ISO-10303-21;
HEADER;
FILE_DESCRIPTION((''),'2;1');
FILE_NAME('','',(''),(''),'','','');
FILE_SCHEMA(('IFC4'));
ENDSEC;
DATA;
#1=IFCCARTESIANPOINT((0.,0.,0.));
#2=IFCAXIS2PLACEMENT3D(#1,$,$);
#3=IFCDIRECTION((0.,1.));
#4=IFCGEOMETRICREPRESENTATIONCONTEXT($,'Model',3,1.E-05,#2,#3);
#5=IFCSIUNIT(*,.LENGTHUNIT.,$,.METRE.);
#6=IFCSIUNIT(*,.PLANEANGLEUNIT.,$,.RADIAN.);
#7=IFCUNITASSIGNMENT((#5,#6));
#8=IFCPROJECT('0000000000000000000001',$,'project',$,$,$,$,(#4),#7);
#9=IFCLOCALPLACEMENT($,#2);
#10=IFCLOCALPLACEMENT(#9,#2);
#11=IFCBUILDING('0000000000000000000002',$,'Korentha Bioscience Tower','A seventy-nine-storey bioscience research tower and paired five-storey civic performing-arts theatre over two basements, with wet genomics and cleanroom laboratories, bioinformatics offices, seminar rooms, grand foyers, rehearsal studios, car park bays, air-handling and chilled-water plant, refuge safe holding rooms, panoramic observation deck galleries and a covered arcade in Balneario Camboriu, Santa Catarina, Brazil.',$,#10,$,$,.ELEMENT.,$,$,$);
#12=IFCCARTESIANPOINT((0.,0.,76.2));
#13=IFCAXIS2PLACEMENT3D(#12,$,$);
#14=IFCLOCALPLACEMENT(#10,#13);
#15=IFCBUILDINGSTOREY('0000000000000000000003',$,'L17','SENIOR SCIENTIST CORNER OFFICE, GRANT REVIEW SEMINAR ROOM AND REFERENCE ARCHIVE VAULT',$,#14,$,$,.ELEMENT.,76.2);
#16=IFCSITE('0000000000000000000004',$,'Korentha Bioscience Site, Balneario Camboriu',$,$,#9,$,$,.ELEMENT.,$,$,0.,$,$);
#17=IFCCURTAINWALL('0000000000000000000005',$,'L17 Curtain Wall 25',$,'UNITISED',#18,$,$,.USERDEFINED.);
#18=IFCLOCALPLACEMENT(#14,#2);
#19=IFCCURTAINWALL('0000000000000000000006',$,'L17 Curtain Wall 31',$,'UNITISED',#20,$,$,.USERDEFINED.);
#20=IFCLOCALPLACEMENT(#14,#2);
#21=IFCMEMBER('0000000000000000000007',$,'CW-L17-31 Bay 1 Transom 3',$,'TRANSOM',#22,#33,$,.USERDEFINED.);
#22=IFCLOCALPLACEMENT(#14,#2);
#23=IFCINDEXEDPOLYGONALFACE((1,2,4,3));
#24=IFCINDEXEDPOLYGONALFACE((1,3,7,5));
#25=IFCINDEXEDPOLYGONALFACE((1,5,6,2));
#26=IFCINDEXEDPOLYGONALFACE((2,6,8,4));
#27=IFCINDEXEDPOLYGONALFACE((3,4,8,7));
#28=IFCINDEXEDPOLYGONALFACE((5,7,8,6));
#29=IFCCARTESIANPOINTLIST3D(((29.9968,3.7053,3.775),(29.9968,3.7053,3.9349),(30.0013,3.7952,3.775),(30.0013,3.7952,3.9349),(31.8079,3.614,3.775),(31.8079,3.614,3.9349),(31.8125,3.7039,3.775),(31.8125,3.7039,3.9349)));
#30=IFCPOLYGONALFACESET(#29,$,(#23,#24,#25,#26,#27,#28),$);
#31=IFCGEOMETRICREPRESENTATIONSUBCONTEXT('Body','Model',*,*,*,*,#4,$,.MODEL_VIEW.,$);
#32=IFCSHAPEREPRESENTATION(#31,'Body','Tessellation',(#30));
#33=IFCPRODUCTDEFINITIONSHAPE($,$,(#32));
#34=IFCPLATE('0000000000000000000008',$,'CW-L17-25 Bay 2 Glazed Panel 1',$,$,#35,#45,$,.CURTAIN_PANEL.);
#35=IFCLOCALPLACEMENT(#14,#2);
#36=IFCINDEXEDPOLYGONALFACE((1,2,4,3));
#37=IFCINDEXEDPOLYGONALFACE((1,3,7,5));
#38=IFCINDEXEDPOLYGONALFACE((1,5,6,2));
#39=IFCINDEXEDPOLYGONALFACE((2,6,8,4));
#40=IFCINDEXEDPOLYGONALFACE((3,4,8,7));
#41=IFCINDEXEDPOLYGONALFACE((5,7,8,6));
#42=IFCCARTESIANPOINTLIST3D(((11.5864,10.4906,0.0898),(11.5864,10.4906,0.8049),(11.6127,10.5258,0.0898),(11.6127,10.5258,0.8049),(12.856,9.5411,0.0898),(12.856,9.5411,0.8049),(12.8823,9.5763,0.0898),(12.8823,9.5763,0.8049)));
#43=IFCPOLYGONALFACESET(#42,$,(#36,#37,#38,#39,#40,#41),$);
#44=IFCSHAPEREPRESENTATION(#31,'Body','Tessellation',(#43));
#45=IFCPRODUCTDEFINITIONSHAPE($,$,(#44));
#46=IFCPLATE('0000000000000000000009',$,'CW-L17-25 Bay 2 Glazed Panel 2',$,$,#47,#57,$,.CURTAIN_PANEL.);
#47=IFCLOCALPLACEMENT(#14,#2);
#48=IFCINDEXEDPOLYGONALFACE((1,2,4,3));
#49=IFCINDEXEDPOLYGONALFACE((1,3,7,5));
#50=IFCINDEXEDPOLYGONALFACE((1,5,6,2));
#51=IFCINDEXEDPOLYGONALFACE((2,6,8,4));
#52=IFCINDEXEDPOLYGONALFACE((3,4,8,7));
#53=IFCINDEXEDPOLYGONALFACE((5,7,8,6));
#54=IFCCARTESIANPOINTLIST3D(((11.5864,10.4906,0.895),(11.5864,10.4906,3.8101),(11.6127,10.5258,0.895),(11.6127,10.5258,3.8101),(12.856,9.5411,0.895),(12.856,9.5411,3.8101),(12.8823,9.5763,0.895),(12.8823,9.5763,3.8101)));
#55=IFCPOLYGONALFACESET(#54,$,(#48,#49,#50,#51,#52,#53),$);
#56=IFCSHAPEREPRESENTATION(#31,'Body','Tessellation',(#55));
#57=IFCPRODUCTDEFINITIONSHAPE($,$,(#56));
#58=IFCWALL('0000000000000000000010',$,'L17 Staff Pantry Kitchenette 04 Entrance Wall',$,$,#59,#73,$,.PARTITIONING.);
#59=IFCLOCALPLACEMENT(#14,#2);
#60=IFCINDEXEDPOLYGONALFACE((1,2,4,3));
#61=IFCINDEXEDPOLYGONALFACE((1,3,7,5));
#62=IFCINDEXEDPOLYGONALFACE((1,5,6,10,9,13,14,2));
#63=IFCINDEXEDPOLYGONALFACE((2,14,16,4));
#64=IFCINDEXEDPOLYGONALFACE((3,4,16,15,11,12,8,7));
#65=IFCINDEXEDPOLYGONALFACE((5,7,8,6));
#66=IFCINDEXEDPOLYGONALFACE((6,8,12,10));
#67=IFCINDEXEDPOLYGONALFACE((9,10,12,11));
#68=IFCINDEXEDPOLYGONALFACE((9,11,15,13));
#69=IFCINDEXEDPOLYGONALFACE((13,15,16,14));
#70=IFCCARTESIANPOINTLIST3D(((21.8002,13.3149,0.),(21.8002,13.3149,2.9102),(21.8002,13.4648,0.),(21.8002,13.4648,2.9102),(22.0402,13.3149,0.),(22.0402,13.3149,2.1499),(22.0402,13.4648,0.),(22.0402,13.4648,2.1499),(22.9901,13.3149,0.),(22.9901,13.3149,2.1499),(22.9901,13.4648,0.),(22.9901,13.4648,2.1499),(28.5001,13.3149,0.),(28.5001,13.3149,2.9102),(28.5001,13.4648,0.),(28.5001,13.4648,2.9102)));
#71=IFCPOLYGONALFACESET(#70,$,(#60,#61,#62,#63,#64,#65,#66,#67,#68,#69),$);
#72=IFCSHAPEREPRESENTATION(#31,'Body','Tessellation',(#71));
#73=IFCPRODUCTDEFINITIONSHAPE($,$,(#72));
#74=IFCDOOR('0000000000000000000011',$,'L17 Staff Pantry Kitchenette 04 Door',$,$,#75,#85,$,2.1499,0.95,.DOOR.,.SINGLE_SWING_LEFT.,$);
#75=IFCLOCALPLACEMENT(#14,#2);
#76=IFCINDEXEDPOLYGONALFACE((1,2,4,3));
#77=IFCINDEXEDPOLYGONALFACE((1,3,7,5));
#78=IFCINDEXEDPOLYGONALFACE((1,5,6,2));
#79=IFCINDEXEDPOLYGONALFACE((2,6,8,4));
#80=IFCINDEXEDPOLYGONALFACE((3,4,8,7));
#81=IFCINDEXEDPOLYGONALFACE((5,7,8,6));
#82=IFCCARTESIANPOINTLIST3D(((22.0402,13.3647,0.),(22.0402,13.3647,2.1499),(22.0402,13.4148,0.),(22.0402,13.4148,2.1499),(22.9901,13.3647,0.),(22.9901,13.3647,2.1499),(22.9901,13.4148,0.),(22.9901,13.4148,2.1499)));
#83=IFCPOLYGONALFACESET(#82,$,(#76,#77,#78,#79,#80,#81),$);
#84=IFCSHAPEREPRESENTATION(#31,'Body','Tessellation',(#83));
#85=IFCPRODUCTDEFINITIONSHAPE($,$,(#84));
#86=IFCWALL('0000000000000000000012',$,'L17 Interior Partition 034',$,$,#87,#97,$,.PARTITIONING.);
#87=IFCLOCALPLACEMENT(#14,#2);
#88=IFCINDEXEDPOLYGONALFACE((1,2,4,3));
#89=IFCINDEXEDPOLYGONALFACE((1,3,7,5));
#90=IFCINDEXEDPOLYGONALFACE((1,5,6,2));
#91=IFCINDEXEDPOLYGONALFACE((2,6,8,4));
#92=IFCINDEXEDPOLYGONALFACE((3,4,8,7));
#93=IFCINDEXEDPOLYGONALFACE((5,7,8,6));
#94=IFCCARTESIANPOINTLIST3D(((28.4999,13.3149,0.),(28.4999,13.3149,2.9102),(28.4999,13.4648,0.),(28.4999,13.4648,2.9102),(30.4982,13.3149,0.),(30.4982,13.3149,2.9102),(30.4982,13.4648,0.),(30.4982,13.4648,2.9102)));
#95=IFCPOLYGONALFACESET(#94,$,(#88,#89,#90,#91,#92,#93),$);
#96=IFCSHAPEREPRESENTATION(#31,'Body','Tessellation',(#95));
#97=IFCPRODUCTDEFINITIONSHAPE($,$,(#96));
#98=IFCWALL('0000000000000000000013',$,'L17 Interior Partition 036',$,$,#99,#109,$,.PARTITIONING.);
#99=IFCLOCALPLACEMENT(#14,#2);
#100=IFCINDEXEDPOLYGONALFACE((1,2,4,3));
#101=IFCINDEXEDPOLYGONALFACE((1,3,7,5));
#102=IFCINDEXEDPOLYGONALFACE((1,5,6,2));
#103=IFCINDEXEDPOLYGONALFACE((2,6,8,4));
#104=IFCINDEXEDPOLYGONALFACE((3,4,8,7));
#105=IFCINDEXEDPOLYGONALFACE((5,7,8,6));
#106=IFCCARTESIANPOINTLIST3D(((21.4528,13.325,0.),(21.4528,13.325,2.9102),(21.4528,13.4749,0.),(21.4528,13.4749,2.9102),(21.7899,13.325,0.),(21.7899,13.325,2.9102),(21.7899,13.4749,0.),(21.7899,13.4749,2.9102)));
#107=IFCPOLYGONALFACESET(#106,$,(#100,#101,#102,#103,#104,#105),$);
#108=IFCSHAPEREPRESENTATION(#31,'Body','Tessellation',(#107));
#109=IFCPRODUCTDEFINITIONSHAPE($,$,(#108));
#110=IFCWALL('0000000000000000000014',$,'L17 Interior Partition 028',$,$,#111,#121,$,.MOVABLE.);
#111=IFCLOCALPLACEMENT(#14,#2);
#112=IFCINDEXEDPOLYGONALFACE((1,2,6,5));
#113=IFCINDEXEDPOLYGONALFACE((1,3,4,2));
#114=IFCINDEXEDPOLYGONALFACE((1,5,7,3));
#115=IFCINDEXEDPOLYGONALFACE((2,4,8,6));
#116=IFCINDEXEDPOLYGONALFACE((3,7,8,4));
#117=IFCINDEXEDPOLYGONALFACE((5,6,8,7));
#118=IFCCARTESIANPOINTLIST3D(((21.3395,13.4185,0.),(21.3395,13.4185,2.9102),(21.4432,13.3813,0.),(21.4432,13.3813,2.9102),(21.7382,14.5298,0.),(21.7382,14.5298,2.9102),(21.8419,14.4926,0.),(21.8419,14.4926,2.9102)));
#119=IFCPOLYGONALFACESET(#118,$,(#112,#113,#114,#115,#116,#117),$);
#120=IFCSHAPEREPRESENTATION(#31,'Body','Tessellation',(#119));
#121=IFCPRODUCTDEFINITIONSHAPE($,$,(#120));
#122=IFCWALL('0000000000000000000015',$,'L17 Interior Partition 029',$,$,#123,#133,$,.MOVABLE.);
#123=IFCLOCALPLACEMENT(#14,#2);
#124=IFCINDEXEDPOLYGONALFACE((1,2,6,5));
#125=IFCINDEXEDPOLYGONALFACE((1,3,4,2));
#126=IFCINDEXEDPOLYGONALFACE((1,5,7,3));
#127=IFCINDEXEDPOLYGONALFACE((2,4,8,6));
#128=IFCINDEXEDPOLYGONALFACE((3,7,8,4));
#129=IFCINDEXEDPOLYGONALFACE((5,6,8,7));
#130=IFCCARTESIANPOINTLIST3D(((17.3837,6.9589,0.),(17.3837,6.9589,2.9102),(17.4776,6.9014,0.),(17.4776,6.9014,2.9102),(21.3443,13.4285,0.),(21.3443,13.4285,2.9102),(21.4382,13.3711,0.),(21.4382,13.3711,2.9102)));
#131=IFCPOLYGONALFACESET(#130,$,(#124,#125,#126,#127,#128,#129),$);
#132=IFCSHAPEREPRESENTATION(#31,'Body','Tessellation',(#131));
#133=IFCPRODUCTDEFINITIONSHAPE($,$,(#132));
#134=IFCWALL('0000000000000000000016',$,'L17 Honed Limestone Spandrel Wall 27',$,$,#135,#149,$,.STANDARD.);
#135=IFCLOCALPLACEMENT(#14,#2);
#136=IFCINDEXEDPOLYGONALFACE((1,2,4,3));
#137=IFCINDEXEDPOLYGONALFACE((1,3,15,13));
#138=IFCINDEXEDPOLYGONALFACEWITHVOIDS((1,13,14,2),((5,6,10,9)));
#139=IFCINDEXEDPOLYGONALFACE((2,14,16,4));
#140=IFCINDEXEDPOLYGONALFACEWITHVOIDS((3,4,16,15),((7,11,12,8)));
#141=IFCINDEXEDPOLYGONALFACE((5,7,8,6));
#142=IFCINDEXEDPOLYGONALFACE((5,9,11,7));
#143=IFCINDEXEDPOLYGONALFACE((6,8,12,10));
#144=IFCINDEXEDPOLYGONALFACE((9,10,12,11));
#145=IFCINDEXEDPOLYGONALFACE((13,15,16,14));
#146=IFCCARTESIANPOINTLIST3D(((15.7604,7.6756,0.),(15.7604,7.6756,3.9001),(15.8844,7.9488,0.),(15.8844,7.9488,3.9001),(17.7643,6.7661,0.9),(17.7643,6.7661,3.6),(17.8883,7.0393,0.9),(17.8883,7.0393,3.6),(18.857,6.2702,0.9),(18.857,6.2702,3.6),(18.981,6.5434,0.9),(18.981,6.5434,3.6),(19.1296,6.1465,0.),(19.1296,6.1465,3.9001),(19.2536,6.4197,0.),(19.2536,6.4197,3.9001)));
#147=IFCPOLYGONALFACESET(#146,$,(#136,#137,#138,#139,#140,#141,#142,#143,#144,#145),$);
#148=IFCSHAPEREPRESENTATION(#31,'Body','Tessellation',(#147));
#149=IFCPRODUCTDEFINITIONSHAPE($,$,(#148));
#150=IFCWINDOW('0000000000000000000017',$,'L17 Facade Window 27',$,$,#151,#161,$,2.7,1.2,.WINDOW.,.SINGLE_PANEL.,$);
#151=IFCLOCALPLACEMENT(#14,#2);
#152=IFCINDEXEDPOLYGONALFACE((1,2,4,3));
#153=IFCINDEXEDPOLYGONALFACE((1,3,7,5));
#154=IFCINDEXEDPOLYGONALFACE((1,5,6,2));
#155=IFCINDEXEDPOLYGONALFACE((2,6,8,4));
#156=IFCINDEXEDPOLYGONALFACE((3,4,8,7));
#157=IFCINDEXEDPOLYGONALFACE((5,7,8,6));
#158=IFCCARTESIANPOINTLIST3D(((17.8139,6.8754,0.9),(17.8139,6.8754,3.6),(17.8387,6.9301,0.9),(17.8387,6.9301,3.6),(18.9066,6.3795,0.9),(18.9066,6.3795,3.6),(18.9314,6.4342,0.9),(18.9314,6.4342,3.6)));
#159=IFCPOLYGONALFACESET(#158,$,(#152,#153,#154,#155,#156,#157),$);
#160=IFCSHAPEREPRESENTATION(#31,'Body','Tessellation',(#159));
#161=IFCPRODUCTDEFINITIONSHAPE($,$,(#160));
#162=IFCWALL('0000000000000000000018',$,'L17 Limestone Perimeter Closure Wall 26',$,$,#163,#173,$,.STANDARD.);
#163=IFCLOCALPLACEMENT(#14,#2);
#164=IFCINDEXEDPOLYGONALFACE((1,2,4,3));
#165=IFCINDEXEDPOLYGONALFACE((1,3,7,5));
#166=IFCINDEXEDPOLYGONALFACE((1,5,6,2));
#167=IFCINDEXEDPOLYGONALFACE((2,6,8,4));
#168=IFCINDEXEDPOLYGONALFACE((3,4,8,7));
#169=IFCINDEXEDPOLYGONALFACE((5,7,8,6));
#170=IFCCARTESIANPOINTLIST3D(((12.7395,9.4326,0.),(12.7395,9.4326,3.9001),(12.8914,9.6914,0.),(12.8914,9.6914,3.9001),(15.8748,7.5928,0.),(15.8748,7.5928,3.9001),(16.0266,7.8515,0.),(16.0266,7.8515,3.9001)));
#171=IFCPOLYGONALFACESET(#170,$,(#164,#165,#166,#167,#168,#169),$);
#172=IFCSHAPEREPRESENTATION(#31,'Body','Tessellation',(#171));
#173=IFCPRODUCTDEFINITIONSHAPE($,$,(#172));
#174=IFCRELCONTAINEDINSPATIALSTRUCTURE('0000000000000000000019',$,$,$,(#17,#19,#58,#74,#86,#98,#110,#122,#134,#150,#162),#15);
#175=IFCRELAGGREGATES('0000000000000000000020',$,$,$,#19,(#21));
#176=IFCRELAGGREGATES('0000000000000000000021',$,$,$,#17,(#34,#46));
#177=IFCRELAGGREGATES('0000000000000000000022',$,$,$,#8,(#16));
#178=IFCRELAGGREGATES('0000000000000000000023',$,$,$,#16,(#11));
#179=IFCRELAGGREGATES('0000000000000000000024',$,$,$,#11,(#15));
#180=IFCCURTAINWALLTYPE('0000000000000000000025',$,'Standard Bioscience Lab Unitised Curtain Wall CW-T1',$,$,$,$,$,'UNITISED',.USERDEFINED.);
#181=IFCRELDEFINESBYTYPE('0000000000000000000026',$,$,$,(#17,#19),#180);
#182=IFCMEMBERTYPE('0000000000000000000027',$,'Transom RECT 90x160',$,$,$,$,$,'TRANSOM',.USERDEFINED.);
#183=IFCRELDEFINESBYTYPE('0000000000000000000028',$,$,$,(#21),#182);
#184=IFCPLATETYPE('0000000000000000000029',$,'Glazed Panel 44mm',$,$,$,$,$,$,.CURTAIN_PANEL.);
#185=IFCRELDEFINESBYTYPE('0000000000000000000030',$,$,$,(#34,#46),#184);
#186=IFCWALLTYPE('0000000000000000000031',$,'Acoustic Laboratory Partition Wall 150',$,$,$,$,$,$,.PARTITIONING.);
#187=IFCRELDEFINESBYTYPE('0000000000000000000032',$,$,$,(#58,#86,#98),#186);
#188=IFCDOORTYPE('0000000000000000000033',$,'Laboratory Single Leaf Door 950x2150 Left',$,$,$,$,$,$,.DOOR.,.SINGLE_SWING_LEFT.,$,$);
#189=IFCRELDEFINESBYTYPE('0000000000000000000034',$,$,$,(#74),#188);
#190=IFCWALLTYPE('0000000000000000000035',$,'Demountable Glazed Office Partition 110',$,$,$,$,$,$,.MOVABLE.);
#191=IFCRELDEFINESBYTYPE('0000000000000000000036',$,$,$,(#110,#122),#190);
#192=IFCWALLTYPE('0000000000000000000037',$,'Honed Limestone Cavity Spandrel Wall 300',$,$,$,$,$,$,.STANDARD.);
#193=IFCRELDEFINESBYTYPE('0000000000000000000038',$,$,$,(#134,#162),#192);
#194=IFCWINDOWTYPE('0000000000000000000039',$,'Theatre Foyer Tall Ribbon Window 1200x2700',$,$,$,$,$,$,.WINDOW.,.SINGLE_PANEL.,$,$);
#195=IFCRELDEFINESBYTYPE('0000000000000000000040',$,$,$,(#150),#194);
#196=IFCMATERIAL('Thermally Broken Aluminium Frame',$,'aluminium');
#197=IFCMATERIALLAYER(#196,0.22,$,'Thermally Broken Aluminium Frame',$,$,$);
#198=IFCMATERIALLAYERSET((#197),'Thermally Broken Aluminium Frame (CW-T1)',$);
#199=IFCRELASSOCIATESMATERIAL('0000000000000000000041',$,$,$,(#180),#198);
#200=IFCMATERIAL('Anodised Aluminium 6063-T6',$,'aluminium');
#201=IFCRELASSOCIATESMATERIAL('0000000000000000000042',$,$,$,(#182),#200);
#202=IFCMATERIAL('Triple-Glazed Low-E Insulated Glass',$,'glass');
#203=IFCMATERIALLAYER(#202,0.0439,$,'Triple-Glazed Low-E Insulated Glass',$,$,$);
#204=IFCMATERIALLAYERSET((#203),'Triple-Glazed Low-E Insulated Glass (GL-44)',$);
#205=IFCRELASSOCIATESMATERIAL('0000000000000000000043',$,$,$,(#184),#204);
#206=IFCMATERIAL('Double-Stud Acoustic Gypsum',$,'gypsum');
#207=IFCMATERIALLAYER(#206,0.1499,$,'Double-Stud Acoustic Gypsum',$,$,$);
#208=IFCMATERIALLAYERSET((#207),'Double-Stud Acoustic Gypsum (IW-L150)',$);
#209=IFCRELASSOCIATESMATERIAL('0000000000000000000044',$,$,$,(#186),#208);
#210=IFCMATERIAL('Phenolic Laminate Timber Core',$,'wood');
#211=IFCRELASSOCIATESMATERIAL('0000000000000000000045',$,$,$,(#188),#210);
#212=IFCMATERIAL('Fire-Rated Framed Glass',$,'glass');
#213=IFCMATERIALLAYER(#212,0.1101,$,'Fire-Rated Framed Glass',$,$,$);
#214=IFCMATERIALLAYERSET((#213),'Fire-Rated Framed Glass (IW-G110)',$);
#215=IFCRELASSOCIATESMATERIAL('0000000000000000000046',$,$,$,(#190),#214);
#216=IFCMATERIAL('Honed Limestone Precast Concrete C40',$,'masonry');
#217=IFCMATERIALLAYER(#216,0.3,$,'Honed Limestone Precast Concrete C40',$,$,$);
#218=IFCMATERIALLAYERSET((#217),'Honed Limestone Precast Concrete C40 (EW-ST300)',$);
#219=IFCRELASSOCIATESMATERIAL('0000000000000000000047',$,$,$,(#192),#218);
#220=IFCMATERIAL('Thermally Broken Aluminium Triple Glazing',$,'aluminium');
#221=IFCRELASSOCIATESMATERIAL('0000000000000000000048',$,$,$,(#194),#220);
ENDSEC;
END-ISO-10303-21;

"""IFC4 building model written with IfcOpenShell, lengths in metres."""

from ifc_helpers import new_model, si_unit, direction, frame, frame_2d, origin, origin_2d, place, context, subcontext, project, spatial, rectangle, extrude, material, layer, layer_set, material_profile, profile_set, type_object, element, fill, aggregate, save


model = new_model("IFC4")

# Units and contexts
model_context = context("Model", 3, precision=1e-05, world=origin(), true_north=direction((0.0, 1.0)))
body_context = subcontext(model_context, "Body", "Model", "MODEL_VIEW")
ifc_project = project(units=[si_unit("LENGTHUNIT", "METRE"), si_unit("PLANEANGLEUNIT", "RADIAN")], contexts=[model_context])

# Site, building, storey
site_placement = place(None, origin())
site = spatial("IfcSite", under=ifc_project, at=site_placement, Name="Korentha Bioscience Site, Balneario Camboriu", CompositionType="ELEMENT", RefElevation=0.0)
building_placement = place(site_placement, origin())
building = spatial("IfcBuilding", under=site, at=building_placement, Name="Korentha Bioscience Tower", Description="A seventy-nine-storey bioscience research tower and paired five-storey civic performing-arts theatre over two basements, with wet genomics and cleanroom laboratories, bioinformatics offices, seminar rooms, grand foyers, rehearsal studios, car park bays, air-handling and chilled-water plant, refuge safe holding rooms, panoramic observation deck galleries and a covered arcade in Balneario Camboriu, Santa Catarina, Brazil.", CompositionType="ELEMENT")
storey_placement = place(building_placement, frame((0.0, 0.0, 76.2)))
storey = spatial("IfcBuildingStorey", under=building, at=storey_placement, Name="L17", Description="SENIOR SCIENTIST CORNER OFFICE, GRANT REVIEW SEMINAR ROOM AND REFERENCE ARCHIVE VAULT", CompositionType="ELEMENT", Elevation=76.2)

# Curtain walls
ifc_material_1 = material(Name="Thermally Broken Aluminium Frame", Category="aluminium")
ifc_layer_1 = layer(ifc_material_1, 0.22, Name="Thermally Broken Aluminium Frame")
ifc_layer_set_1 = layer_set([ifc_layer_1], Name="Thermally Broken Aluminium Frame (CW-T1)")
curtain_wall_type = type_object("IfcCurtainWallType", Name="Standard Bioscience Lab Unitised Curtain Wall CW-T1", ElementType="UNITISED", PredefinedType="USERDEFINED", material=ifc_layer_set_1)
curtain_wall_1_placement = place(storey_placement, origin())
curtain_wall_1 = element("IfcCurtainWall", 1, at=curtain_wall_1_placement, inside=storey, type_object=curtain_wall_type, Name="L17 Curtain Wall 25", ObjectType="UNITISED", PredefinedType="USERDEFINED")
ifc_material_2 = material(Name="Anodised Aluminium 6063-T6", Category="aluminium")
curtain_wall_2_placement = place(storey_placement, origin())
curtain_wall_2 = element("IfcCurtainWall", 2, at=curtain_wall_2_placement, inside=storey, type_object=curtain_wall_type, Name="L17 Curtain Wall 31", ObjectType="UNITISED", PredefinedType="USERDEFINED")

# Member
ifc_material_profile_1 = material_profile(ifc_material_2, rectangle(XDim=0.0901, YDim=0.1599, at=origin_2d()), Name="Anodised Aluminium 6063-T6")
ifc_profile_set_1 = profile_set([ifc_material_profile_1], Name="Anodised Aluminium 6063-T6 (CW-TRN)")
member_type_1 = type_object("IfcMemberType", Name="Transom RECT 90x160", ElementType="TRANSOM", PredefinedType="USERDEFINED", material=ifc_profile_set_1)
member_1_placement = place(storey_placement, frame((29.999, 3.7502, 3.855), z_axis=(0.998732, -0.050347, 0.0), x_axis=(0.050347, 0.998732, 0.0)))
member_1 = element("IfcMember", 3, at=member_1_placement, type_object=member_type_1, Name="CW-L17-31 Bay 1 Transom 3", ObjectType="TRANSOM", PredefinedType="USERDEFINED", context=body_context, shape_type="SweptSolid", body=[
    extrude(rectangle(XDim=0.0901, YDim=0.1599, at=origin_2d()), origin(), (0.0, 0.0, 1.0), 1.8135),
])
aggregate(curtain_wall_2, [member_1])

# Plates
ifc_material_3 = material(Name="Triple-Glazed Low-E Insulated Glass", Category="glass")
ifc_layer_2 = layer(ifc_material_3, 0.0439, Name="Triple-Glazed Low-E Insulated Glass")
ifc_layer_set_2 = layer_set([ifc_layer_2], Name="Triple-Glazed Low-E Insulated Glass (GL-44)")
plate_type = type_object("IfcPlateType", Name="Glazed Panel 44mm", PredefinedType="CURTAIN_PANEL", material=ifc_layer_set_2)
plate_1_placement = place(storey_placement, frame((12.2344, 10.0334, 0.0898), z_axis=(0.0, 0.0, 1.0), x_axis=(0.800798, -0.598935, 0.0)))
plate_1 = element("IfcPlate", 4, at=plate_1_placement, type_object=plate_type, Name="CW-L17-25 Bay 2 Glazed Panel 1", PredefinedType="CURTAIN_PANEL", context=body_context, shape_type="SweptSolid", body=[
    extrude(rectangle(XDim=1.5854, YDim=0.0439, at=origin_2d()), origin(), (0.0, 0.0, 1.0), 0.7151),
])
plate_2_placement = place(storey_placement, frame((12.2344, 10.0334, 0.895), z_axis=(0.0, 0.0, 1.0), x_axis=(0.800798, -0.598935, 0.0)))
plate_2 = element("IfcPlate", 5, at=plate_2_placement, type_object=plate_type, Name="CW-L17-25 Bay 2 Glazed Panel 2", PredefinedType="CURTAIN_PANEL", context=body_context, shape_type="SweptSolid", body=[
    extrude(rectangle(XDim=1.5854, YDim=0.0439, at=origin_2d()), origin(), (0.0, 0.0, 1.0), 2.915),
])
aggregate(curtain_wall_1, [plate_1, plate_2])

# Wall, opening, door
ifc_material_4 = material(Name="Double-Stud Acoustic Gypsum", Category="gypsum")
ifc_layer_3 = layer(ifc_material_4, 0.1499, Name="Double-Stud Acoustic Gypsum")
ifc_layer_set_3 = layer_set([ifc_layer_3], Name="Double-Stud Acoustic Gypsum (IW-L150)")
wall_type_1 = type_object("IfcWallType", Name="Acoustic Laboratory Partition Wall 150", PredefinedType="PARTITIONING", material=ifc_layer_set_3)
wall_1_placement = place(storey_placement, frame((21.8, 13.3899, 0.0), z_axis=(0.0, 0.0, 1.0), x_axis=(1.0, 0.0, 0.0)))
wall_1 = element("IfcWall", 6, at=wall_1_placement, inside=storey, type_object=wall_type_1, Name="L17 Staff Pantry Kitchenette 04 Entrance Wall", PredefinedType="PARTITIONING", context=body_context, shape_type="SweptSolid", body=[
    extrude(rectangle(XDim=6.7, YDim=0.1499, at=frame_2d((3.3501, 0.0))), origin(), (0.0, 0.0, 1.0), 2.9102),
])
opening_1_placement = place(wall_1_placement, frame((0.24, 0.0, 0.0)))
opening_1 = element("IfcOpeningElement", 7, at=opening_1_placement, cuts=wall_1, PredefinedType="OPENING", context=body_context, shape_type="SweptSolid", body=[
    extrude(rectangle(XDim=0.95, YDim=2.1499, at=frame_2d((0.4751, 1.075))), frame((0.0, 0.0898, 0.0), z_axis=(0.0, -1.0, 0.0), x_axis=(1.0, 0.0, 0.0)), (0.0, 0.0, 1.0), 0.1797),
])
ifc_material_5 = material(Name="Phenolic Laminate Timber Core", Category="wood")
door_type_1 = type_object("IfcDoorType", Name="Laboratory Single Leaf Door 950x2150 Left", OperationType="SINGLE_SWING_LEFT", PredefinedType="DOOR", material=ifc_material_5)
door_1_placement = place(opening_1_placement, origin())
door_1 = element("IfcDoor", 8, at=door_1_placement, inside=storey, type_object=door_type_1, Name="L17 Staff Pantry Kitchenette 04 Door", OperationType="SINGLE_SWING_LEFT", OverallHeight=2.1499, OverallWidth=0.95, PredefinedType="DOOR", context=body_context, shape_type="SweptSolid", body=[
    extrude(rectangle(XDim=0.95, YDim=2.1499, at=frame_2d((0.4751, 1.075))), frame((0.0, 0.0249, 0.0), z_axis=(0.0, -1.0, 0.0), x_axis=(1.0, 0.0, 0.0)), (0.0, 0.0, 1.0), 0.05),
])
fill(opening_1, door_1)

# Walls
wall_2_placement = place(storey_placement, frame((28.5, 13.3899, 0.0), z_axis=(0.0, 0.0, 1.0), x_axis=(1.0, 0.0, 0.0)))
element("IfcWall", 9, at=wall_2_placement, inside=storey, type_object=wall_type_1, Name="L17 Interior Partition 034", PredefinedType="PARTITIONING", context=body_context, shape_type="SweptSolid", body=[
    extrude(rectangle(XDim=1.9983, YDim=0.1499, at=frame_2d((0.999, 0.0))), origin(), (0.0, 0.0, 1.0), 2.9102),
])
wall_3_placement = place(storey_placement, frame((21.4529, 13.3999, 0.0), z_axis=(0.0, 0.0, 1.0), x_axis=(1.0, 0.0, 0.0)))
element("IfcWall", 10, at=wall_3_placement, inside=storey, type_object=wall_type_1, Name="L17 Interior Partition 036", PredefinedType="PARTITIONING", context=body_context, shape_type="SweptSolid", body=[
    extrude(rectangle(XDim=0.3372, YDim=0.1499, at=frame_2d((0.1685, 0.0))), origin(), (0.0, 0.0, 1.0), 2.9102),
])
ifc_material_6 = material(Name="Fire-Rated Framed Glass", Category="glass")
ifc_layer_4 = layer(ifc_material_6, 0.1101, Name="Fire-Rated Framed Glass")
ifc_layer_set_4 = layer_set([ifc_layer_4], Name="Fire-Rated Framed Glass (IW-G110)")
wall_type_2 = type_object("IfcWallType", Name="Demountable Glazed Office Partition 110", PredefinedType="MOVABLE", material=ifc_layer_set_4)
wall_4_placement = place(storey_placement, frame((21.79, 14.5112, 0.0), z_axis=(0.0, 0.0, 1.0), x_axis=(-0.337672, -0.941264, 0.0)))
element("IfcWall", 11, at=wall_4_placement, inside=storey, type_object=wall_type_2, Name="L17 Interior Partition 028", PredefinedType="MOVABLE", context=body_context, shape_type="SweptSolid", body=[
    extrude(rectangle(XDim=1.1807, YDim=0.1101, at=frame_2d((0.5903, 0.0))), origin(), (0.0, 0.0, 1.0), 2.9102),
])
wall_5_placement = place(storey_placement, frame((21.3914, 13.3999, 0.0), z_axis=(0.0, 0.0, 1.0), x_axis=(-0.522119, -0.852873, 0.0)))
element("IfcWall", 12, at=wall_5_placement, inside=storey, type_object=wall_type_2, Name="L17 Interior Partition 029", PredefinedType="MOVABLE", context=body_context, shape_type="SweptSolid", body=[
    extrude(rectangle(XDim=7.5857, YDim=0.1101, at=frame_2d((3.793, 0.0))), origin(), (0.0, 0.0, 1.0), 2.9102),
])

# Wall, opening, window
ifc_material_7 = material(Name="Honed Limestone Precast Concrete C40", Category="masonry")
ifc_layer_5 = layer(ifc_material_7, 0.3, Name="Honed Limestone Precast Concrete C40")
ifc_layer_set_5 = layer_set([ifc_layer_5], Name="Honed Limestone Precast Concrete C40 (EW-ST300)")
wall_type_3 = type_object("IfcWallType", Name="Honed Limestone Cavity Spandrel Wall 300", PredefinedType="STANDARD", material=ifc_layer_set_5)
wall_6_placement = place(storey_placement, frame((15.8223, 7.8123, 0.0), z_axis=(0.0, 0.0, 1.0), x_axis=(0.910608, -0.413271, 0.0)))
wall_6 = element("IfcWall", 13, at=wall_6_placement, inside=storey, type_object=wall_type_3, Name="L17 Honed Limestone Spandrel Wall 27", PredefinedType="STANDARD", context=body_context, shape_type="SweptSolid", body=[
    extrude(rectangle(XDim=3.7, YDim=0.3, at=frame_2d((1.8501, 0.0))), origin(), (0.0, 0.0, 1.0), 3.9001),
])
opening_2_placement = place(wall_6_placement, frame((2.2007, 0.0, 0.8999)))
opening_2 = element("IfcOpeningElement", 14, at=opening_2_placement, cuts=wall_6, PredefinedType="OPENING", context=body_context, shape_type="SweptSolid", body=[
    extrude(rectangle(XDim=1.2, YDim=2.7, at=frame_2d((0.6001, 1.3501))), frame((0.0, 0.165, 0.0), z_axis=(0.0, -1.0, 0.0), x_axis=(1.0, 0.0, 0.0)), (0.0, 0.0, 1.0), 0.3298),
])
ifc_material_8 = material(Name="Thermally Broken Aluminium Triple Glazing", Category="aluminium")
window_type = type_object("IfcWindowType", Name="Theatre Foyer Tall Ribbon Window 1200x2700", PartitioningType="SINGLE_PANEL", PredefinedType="WINDOW", material=ifc_material_8)
window_placement = place(opening_2_placement, origin())
window = element("IfcWindow", 15, at=window_placement, inside=storey, type_object=window_type, Name="L17 Facade Window 27", OverallHeight=2.7, OverallWidth=1.2, PartitioningType="SINGLE_PANEL", PredefinedType="WINDOW", context=body_context, shape_type="SweptSolid", body=[
    extrude(rectangle(XDim=1.2, YDim=2.7, at=frame_2d((0.6001, 1.3501))), frame((0.0, 0.03, 0.0), z_axis=(0.0, -1.0, 0.0), x_axis=(1.0, 0.0, 0.0)), (0.0, 0.0, 1.0), 0.0601),
])
fill(opening_2, window)

# Wall
wall_7_placement = place(storey_placement, frame((12.8154, 9.562, 0.0), z_axis=(0.0, 0.0, 1.0), x_axis=(0.862465, -0.506116, 0.0)))
element("IfcWall", 16, at=wall_7_placement, inside=storey, type_object=wall_type_3, Name="L17 Limestone Perimeter Closure Wall 26", PredefinedType="STANDARD", context=body_context, shape_type="SweptSolid", body=[
    extrude(rectangle(XDim=3.6353, YDim=0.3, at=frame_2d((1.8176, 0.0))), origin(), (0.0, 0.0, 1.0), 3.9001),
])

save(model, "model.ifc")
